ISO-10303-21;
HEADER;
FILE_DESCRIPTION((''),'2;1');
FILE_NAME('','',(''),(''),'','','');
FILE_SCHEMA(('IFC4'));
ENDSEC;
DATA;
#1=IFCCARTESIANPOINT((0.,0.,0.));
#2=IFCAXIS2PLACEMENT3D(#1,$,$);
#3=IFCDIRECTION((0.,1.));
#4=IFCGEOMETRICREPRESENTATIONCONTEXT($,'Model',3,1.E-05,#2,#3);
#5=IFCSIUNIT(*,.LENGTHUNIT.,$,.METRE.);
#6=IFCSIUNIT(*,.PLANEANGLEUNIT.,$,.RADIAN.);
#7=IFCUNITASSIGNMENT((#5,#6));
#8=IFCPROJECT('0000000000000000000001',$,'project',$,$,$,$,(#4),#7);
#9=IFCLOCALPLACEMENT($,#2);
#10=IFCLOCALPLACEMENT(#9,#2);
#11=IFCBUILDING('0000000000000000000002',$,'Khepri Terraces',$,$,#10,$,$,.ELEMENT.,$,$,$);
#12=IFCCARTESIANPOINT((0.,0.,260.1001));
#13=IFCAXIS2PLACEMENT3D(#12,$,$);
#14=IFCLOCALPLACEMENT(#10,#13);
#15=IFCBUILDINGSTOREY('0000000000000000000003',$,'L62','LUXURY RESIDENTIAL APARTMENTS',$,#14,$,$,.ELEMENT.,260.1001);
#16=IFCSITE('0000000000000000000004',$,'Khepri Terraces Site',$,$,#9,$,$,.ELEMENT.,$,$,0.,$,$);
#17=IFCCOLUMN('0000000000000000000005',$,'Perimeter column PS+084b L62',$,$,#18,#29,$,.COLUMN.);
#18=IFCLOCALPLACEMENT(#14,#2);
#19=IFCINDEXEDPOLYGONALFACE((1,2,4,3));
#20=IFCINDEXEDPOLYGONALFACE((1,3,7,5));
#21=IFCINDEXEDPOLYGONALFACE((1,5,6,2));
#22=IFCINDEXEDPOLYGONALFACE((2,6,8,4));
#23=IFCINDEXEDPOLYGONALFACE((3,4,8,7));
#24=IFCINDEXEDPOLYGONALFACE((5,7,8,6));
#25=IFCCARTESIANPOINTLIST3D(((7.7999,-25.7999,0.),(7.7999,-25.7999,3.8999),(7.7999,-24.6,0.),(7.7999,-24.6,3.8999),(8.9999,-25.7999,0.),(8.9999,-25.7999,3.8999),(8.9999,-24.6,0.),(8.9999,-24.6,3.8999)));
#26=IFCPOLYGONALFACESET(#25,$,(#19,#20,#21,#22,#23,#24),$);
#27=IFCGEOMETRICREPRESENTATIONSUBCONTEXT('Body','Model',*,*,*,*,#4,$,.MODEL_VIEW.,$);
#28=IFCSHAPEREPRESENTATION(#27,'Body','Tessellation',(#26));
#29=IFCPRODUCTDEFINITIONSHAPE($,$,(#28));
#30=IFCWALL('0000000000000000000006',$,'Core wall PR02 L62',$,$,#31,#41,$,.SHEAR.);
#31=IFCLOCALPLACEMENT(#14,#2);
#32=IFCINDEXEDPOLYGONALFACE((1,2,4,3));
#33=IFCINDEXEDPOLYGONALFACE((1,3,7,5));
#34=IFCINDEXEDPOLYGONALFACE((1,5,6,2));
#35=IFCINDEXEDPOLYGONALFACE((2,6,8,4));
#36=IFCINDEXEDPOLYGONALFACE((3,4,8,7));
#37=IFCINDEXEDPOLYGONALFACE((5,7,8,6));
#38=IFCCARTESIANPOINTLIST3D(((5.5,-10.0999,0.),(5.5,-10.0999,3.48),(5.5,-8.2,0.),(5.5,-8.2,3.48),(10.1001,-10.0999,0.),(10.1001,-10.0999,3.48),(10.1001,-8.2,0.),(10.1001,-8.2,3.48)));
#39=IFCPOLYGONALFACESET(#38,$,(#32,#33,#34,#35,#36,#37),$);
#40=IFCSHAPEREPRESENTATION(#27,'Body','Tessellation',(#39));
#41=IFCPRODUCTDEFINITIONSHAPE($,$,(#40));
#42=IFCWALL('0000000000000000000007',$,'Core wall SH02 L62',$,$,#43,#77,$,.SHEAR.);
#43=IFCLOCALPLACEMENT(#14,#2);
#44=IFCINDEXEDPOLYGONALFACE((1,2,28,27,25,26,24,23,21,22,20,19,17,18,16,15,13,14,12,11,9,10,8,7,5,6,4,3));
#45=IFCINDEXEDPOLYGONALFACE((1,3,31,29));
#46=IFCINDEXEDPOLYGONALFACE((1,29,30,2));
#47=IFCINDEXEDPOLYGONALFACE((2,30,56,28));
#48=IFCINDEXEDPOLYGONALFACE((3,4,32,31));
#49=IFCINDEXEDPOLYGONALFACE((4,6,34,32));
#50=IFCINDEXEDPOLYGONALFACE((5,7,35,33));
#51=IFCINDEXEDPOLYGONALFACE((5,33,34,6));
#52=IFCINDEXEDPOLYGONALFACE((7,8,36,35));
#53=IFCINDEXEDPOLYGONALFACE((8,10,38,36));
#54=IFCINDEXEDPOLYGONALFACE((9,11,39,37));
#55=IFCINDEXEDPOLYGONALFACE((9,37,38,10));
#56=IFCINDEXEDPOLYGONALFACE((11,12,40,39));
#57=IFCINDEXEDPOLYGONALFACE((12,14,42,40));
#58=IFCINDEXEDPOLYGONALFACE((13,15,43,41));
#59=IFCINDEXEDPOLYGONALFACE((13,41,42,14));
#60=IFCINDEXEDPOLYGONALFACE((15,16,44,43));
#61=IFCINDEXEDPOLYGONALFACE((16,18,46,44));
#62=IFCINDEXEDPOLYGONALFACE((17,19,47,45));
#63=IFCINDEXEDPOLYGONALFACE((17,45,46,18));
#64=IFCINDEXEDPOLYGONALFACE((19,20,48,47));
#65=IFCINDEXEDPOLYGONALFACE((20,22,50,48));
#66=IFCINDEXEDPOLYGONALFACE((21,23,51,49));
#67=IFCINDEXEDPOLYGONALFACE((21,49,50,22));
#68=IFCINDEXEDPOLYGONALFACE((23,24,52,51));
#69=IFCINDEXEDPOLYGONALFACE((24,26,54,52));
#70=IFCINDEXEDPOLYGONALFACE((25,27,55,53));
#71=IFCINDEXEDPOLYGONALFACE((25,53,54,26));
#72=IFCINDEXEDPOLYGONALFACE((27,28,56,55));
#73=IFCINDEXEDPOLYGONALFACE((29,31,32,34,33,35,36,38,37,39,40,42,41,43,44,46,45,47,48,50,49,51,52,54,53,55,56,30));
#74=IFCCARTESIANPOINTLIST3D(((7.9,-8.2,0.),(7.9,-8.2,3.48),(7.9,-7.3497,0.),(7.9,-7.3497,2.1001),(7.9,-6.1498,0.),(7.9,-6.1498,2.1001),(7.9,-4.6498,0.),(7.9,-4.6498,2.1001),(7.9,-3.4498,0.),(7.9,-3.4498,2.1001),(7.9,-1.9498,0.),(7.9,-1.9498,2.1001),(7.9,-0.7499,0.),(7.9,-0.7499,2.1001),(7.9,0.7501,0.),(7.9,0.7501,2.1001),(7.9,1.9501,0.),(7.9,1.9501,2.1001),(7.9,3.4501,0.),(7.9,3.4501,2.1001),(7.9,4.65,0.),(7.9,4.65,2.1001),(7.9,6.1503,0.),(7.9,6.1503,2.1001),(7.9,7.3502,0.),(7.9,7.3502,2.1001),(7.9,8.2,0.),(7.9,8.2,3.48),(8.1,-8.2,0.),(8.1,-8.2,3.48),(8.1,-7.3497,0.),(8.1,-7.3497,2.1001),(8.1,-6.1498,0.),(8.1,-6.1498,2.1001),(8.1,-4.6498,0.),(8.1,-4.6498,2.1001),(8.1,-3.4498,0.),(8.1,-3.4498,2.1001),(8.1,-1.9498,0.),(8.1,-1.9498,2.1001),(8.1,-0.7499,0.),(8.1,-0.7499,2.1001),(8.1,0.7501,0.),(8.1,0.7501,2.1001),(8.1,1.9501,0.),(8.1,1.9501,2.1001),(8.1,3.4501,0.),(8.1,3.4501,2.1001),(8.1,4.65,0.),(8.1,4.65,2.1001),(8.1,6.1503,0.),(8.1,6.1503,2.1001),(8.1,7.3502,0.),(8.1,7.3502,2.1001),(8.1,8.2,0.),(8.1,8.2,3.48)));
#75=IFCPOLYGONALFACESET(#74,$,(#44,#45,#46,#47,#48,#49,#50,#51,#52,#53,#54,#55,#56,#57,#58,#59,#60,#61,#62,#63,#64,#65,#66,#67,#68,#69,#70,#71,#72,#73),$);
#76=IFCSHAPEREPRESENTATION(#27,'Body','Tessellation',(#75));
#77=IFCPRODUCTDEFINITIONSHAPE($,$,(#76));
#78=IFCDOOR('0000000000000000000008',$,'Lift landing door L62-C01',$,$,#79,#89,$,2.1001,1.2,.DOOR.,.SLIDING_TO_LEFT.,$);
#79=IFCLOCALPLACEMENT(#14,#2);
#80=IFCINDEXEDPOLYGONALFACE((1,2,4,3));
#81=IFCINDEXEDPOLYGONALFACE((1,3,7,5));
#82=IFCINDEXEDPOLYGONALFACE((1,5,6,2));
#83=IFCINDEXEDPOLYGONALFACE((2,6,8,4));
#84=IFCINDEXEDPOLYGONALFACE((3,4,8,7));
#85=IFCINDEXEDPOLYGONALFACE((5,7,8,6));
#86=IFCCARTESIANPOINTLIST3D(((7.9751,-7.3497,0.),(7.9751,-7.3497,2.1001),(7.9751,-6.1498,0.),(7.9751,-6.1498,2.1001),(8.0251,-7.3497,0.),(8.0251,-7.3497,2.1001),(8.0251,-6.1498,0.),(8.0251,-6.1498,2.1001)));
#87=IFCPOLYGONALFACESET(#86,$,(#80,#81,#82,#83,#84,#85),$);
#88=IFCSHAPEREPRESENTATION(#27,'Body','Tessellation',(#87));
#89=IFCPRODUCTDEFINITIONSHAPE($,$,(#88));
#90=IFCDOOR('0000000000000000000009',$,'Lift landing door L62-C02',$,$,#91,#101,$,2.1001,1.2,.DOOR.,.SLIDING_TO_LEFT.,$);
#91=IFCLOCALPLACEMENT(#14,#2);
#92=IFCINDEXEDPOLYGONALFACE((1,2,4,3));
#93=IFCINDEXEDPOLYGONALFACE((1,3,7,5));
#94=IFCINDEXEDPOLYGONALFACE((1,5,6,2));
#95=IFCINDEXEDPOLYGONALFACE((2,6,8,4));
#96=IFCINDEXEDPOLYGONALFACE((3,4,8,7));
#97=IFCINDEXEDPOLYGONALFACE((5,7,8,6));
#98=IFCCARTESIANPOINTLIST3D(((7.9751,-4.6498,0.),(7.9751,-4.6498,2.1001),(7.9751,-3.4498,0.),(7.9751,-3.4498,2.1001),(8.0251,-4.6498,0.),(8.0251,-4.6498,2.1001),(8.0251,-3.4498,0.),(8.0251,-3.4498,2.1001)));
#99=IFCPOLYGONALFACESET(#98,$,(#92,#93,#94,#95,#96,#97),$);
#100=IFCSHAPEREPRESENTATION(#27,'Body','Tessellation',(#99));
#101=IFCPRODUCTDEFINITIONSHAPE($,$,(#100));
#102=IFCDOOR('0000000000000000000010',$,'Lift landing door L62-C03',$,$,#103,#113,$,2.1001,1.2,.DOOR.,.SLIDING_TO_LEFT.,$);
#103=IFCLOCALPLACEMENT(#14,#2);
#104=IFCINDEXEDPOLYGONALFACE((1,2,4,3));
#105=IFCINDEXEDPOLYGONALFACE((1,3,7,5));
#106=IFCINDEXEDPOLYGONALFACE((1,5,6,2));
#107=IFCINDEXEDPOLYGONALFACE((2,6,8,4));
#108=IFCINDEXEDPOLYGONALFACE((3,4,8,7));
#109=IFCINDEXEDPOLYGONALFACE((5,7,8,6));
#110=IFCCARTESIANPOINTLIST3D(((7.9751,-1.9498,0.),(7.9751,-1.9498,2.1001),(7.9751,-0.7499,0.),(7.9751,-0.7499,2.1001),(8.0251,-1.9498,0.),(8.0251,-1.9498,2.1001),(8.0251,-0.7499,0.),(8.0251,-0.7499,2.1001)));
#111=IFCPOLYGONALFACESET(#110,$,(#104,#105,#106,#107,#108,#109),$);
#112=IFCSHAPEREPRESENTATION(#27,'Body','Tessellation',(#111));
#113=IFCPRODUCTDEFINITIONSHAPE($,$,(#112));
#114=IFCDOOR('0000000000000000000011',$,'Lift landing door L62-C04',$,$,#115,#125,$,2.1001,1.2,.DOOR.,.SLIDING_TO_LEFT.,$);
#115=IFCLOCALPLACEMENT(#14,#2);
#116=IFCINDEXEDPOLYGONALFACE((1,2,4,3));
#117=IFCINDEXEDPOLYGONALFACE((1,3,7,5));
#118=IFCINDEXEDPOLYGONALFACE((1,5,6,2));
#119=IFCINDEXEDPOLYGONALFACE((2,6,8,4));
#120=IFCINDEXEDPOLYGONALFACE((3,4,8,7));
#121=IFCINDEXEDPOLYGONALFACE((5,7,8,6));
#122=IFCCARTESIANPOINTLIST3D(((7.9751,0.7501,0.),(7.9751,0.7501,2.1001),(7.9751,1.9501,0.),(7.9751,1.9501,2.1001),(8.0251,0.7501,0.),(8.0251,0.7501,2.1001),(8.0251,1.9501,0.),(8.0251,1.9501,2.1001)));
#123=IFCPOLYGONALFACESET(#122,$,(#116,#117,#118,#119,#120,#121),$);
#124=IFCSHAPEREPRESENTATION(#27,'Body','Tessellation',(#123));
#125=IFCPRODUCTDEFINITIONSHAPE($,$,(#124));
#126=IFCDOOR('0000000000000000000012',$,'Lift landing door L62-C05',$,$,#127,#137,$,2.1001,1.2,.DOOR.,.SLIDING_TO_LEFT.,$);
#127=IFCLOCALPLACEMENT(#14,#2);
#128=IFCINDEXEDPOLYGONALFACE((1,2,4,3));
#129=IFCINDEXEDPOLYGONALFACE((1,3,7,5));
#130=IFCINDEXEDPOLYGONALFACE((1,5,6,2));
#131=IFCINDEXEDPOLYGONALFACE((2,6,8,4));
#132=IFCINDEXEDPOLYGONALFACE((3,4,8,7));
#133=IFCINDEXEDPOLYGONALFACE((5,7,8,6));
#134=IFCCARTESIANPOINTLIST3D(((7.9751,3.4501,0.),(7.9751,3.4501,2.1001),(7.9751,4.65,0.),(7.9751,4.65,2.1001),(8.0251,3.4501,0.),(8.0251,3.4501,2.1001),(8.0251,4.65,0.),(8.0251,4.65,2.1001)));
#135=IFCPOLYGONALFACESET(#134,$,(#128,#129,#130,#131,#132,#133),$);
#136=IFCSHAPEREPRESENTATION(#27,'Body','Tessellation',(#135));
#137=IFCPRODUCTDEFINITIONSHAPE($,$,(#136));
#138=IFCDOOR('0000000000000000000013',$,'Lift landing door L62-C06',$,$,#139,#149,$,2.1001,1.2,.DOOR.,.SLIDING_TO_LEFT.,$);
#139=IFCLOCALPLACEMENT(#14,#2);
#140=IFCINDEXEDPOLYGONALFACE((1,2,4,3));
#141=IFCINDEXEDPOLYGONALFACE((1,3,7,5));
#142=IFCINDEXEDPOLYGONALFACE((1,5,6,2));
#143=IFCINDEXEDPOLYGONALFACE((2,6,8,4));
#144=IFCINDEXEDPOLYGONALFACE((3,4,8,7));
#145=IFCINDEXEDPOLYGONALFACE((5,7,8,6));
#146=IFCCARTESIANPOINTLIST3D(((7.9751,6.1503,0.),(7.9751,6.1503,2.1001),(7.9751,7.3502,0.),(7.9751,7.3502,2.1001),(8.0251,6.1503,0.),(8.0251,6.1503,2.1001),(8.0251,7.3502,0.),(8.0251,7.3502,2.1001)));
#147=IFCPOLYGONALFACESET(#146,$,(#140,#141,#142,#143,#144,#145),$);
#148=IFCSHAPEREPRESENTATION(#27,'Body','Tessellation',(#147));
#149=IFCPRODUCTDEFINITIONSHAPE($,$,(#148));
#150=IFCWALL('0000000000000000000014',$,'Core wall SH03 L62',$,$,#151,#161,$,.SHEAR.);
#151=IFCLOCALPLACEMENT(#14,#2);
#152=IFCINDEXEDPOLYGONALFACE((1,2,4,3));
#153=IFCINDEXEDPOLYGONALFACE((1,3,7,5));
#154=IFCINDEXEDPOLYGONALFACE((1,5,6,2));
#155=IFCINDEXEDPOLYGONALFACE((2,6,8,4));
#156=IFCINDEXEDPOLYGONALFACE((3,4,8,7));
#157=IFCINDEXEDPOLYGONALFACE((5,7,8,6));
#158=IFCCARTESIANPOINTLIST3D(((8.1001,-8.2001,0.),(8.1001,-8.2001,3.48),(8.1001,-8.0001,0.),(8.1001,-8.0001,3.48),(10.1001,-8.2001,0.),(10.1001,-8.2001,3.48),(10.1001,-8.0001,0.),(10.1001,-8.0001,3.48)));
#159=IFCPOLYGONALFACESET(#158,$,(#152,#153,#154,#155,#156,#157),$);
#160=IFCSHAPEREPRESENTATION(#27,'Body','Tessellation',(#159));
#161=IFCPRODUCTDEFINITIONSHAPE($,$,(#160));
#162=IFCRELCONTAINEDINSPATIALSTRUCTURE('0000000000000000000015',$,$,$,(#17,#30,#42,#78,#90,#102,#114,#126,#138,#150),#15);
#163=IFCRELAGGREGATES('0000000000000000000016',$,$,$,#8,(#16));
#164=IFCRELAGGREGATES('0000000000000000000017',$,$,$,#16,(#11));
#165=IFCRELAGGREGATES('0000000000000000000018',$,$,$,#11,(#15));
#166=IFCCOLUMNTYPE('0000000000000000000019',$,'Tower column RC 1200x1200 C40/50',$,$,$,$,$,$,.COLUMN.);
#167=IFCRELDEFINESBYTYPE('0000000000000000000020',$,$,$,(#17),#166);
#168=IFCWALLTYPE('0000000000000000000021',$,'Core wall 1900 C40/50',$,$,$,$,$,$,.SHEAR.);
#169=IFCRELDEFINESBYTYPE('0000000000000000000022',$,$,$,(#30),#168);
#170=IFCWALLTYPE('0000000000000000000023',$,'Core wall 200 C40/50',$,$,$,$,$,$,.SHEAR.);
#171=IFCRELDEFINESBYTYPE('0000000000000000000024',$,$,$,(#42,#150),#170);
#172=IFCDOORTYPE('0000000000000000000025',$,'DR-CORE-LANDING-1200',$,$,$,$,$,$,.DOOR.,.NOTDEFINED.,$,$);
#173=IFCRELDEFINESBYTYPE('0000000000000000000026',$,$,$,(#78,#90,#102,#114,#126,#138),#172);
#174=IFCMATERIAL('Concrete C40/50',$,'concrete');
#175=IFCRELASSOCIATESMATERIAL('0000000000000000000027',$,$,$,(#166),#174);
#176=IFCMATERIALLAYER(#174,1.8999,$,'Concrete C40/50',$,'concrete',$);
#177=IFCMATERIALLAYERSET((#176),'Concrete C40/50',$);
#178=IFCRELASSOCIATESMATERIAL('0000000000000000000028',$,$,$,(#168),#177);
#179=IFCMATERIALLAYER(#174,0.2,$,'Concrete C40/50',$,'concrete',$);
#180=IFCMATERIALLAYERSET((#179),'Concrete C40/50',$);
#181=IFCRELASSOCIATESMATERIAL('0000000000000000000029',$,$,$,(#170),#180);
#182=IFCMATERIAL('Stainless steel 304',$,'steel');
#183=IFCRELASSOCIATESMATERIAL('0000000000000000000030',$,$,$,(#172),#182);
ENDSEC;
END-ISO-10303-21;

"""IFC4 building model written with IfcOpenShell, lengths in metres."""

from ifc_helpers import new_model, si_unit, direction, frame, frame_2d, origin, origin_2d, place, context, subcontext, project, spatial, rectangle, extrude, material, layer, layer_set, material_profile, profile_set, type_object, element, fill, save


model = new_model("IFC4")

# Units and contexts
model_context = context("Model", 3, precision=1e-05, world=origin(), true_north=direction((0.0, 1.0)))
body_context = subcontext(model_context, "Body", "Model", "MODEL_VIEW")
ifc_project = project(units=[si_unit("LENGTHUNIT", "METRE"), si_unit("PLANEANGLEUNIT", "RADIAN")], contexts=[model_context])

# Site, building, storey
site_placement = place(None, origin())
site = spatial("IfcSite", under=ifc_project, at=site_placement, Name="Khepri Terraces Site", CompositionType="ELEMENT", RefElevation=0.0)
building_placement = place(site_placement, origin())
building = spatial("IfcBuilding", under=site, at=building_placement, Name="Khepri Terraces", CompositionType="ELEMENT")
storey_placement = place(building_placement, frame((0.0, 0.0, 260.1001)))
storey = spatial("IfcBuildingStorey", under=building, at=storey_placement, Name="L62", Description="LUXURY RESIDENTIAL APARTMENTS", CompositionType="ELEMENT", Elevation=260.1001)

# Column
ifc_material_1 = material(Name="Concrete C40/50", Category="concrete")
ifc_material_profile = material_profile(ifc_material_1, rectangle(XDim=1.2, YDim=1.2, at=origin_2d()), Name="Concrete C40/50", Category="concrete")
ifc_profile_set = profile_set([ifc_material_profile], Name="Concrete C40/50")
column_type = type_object("IfcColumnType", Name="Tower column RC 1200x1200 C40/50", PredefinedType="COLUMN", material=ifc_profile_set)
column_placement = place(storey_placement, frame((8.3999, -25.2, 0.0), z_axis=(0.0, 0.0, 1.0), x_axis=(1.0, 0.0, 0.0)))
element("IfcColumn", 1, at=column_placement, inside=storey, type_object=column_type, Name="Perimeter column PS+084b L62", PredefinedType="COLUMN", context=body_context, shape_type="SweptSolid", body=[
    extrude(rectangle(XDim=1.2, YDim=1.2, at=origin_2d()), origin(), (0.0, 0.0, 1.0), 3.8999),
])

# Wall
ifc_layer_1 = layer(ifc_material_1, 1.8999, Name="Concrete C40/50", Category="concrete")
ifc_layer_set_1 = layer_set([ifc_layer_1], Name="Concrete C40/50")
wall_type_1 = type_object("IfcWallType", Name="Core wall 1900 C40/50", PredefinedType="SHEAR", material=ifc_layer_set_1)
wall_1_placement = place(storey_placement, frame((5.5, -9.1499, 0.0), z_axis=(0.0, 0.0, 1.0), x_axis=(1.0, 0.0, 0.0)))
element("IfcWall", 2, at=wall_1_placement, inside=storey, type_object=wall_type_1, Name="Core wall PR02 L62", PredefinedType="SHEAR", context=body_context, shape_type="SweptSolid", body=[
    extrude(rectangle(XDim=4.6001, YDim=1.8999, at=frame_2d((2.3, 0.0))), origin(), (0.0, 0.0, 1.0), 3.48),
])

# Wall, openings, doors
ifc_layer_2 = layer(ifc_material_1, 0.2, Name="Concrete C40/50", Category="concrete")
ifc_layer_set_2 = layer_set([ifc_layer_2], Name="Concrete C40/50")
wall_type_2 = type_object("IfcWallType", Name="Core wall 200 C40/50", PredefinedType="SHEAR", material=ifc_layer_set_2)
wall_2_placement = place(storey_placement, frame((8.0, -8.2, 0.0), z_axis=(0.0, 0.0, 1.0), x_axis=(0.0, 1.0, 0.0)))
wall_2 = element("IfcWall", 3, at=wall_2_placement, inside=storey, type_object=wall_type_2, Name="Core wall SH02 L62", PredefinedType="SHEAR", context=body_context, shape_type="SweptSolid", body=[
    extrude(rectangle(XDim=16.3999, YDim=0.2, at=frame_2d((8.2, 0.0))), origin(), (0.0, 0.0, 1.0), 3.48),
])
opening_1_placement = place(wall_2_placement, frame((0.8501, 0.0, 0.0)))
opening_1 = element("IfcOpeningElement", 4, at=opening_1_placement, cuts=wall_2, PredefinedType="OPENING", context=body_context, shape_type="SweptSolid", body=[
    extrude(rectangle(XDim=1.2, YDim=2.1001, at=frame_2d((0.6001, 1.05))), frame((0.0, 0.1099, 0.0), z_axis=(0.0, -1.0, 0.0), x_axis=(1.0, 0.0, 0.0)), (0.0, 0.0, 1.0), 0.22),
])
opening_2_placement = place(wall_2_placement, frame((3.55, 0.0, 0.0)))
opening_2 = element("IfcOpeningElement", 5, at=opening_2_placement, cuts=wall_2, PredefinedType="OPENING", context=body_context, shape_type="SweptSolid", body=[
    extrude(rectangle(XDim=1.2, YDim=2.1001, at=frame_2d((0.6001, 1.05))), frame((0.0, 0.1099, 0.0), z_axis=(0.0, -1.0, 0.0), x_axis=(1.0, 0.0, 0.0)), (0.0, 0.0, 1.0), 0.22),
])
opening_3_placement = place(wall_2_placement, frame((6.25, 0.0, 0.0)))
opening_3 = element("IfcOpeningElement", 6, at=opening_3_placement, cuts=wall_2, PredefinedType="OPENING", context=body_context, shape_type="SweptSolid", body=[
    extrude(rectangle(XDim=1.2, YDim=2.1001, at=frame_2d((0.6001, 1.05))), frame((0.0, 0.1099, 0.0), z_axis=(0.0, -1.0, 0.0), x_axis=(1.0, 0.0, 0.0)), (0.0, 0.0, 1.0), 0.22),
])
opening_4_placement = place(wall_2_placement, frame((8.95, 0.0, 0.0)))
opening_4 = element("IfcOpeningElement", 7, at=opening_4_placement, cuts=wall_2, PredefinedType="OPENING", context=body_context, shape_type="SweptSolid", body=[
    extrude(rectangle(XDim=1.2, YDim=2.1001, at=frame_2d((0.6001, 1.05))), frame((0.0, 0.1099, 0.0), z_axis=(0.0, -1.0, 0.0), x_axis=(1.0, 0.0, 0.0)), (0.0, 0.0, 1.0), 0.22),
])
opening_5_placement = place(wall_2_placement, frame((11.6499, 0.0, 0.0)))
opening_5 = element("IfcOpeningElement", 8, at=opening_5_placement, cuts=wall_2, PredefinedType="OPENING", context=body_context, shape_type="SweptSolid", body=[
    extrude(rectangle(XDim=1.2, YDim=2.1001, at=frame_2d((0.6001, 1.05))), frame((0.0, 0.1099, 0.0), z_axis=(0.0, -1.0, 0.0), x_axis=(1.0, 0.0, 0.0)), (0.0, 0.0, 1.0), 0.22),
])
opening_6_placement = place(wall_2_placement, frame((14.3501, 0.0, 0.0)))
opening_6 = element("IfcOpeningElement", 9, at=opening_6_placement, cuts=wall_2, PredefinedType="OPENING", context=body_context, shape_type="SweptSolid", body=[
    extrude(rectangle(XDim=1.2, YDim=2.1001, at=frame_2d((0.6001, 1.05))), frame((0.0, 0.1099, 0.0), z_axis=(0.0, -1.0, 0.0), x_axis=(1.0, 0.0, 0.0)), (0.0, 0.0, 1.0), 0.22),
])
ifc_material_2 = material(Name="Stainless steel 304", Category="steel")
door_type_1 = type_object("IfcDoorType", Name="DR-CORE-LANDING-1200", OperationType="NOTDEFINED", PredefinedType="DOOR", material=ifc_material_2)
door_1_placement = place(opening_1_placement, origin())
door_1 = element("IfcDoor", 10, at=door_1_placement, inside=storey, type_object=door_type_1, Name="Lift landing door L62-C01", OperationType="SLIDING_TO_LEFT", OverallHeight=2.1001, OverallWidth=1.2, PredefinedType="DOOR", context=body_context, shape_type="SweptSolid", body=[
    extrude(rectangle(XDim=1.2, YDim=2.1001, at=frame_2d((0.6001, 1.05))), frame((0.0, 0.0249, 0.0), z_axis=(0.0, -1.0, 0.0), x_axis=(1.0, 0.0, 0.0)), (0.0, 0.0, 1.0), 0.05),
])
fill(opening_1, door_1)
door_2_placement = place(opening_2_placement, origin())
door_2 = element("IfcDoor", 11, at=door_2_placement, inside=storey, type_object=door_type_1, Name="Lift landing door L62-C02", OperationType="SLIDING_TO_LEFT", OverallHeight=2.1001, OverallWidth=1.2, PredefinedType="DOOR", context=body_context, shape_type="SweptSolid", body=[
    extrude(rectangle(XDim=1.2, YDim=2.1001, at=frame_2d((0.6001, 1.05))), frame((0.0, 0.0249, 0.0), z_axis=(0.0, -1.0, 0.0), x_axis=(1.0, 0.0, 0.0)), (0.0, 0.0, 1.0), 0.05),
])
fill(opening_2, door_2)
door_3_placement = place(opening_3_placement, origin())
door_3 = element("IfcDoor", 12, at=door_3_placement, inside=storey, type_object=door_type_1, Name="Lift landing door L62-C03", OperationType="SLIDING_TO_LEFT", OverallHeight=2.1001, OverallWidth=1.2, PredefinedType="DOOR", context=body_context, shape_type="SweptSolid", body=[
    extrude(rectangle(XDim=1.2, YDim=2.1001, at=frame_2d((0.6001, 1.05))), frame((0.0, 0.0249, 0.0), z_axis=(0.0, -1.0, 0.0), x_axis=(1.0, 0.0, 0.0)), (0.0, 0.0, 1.0), 0.05),
])
fill(opening_3, door_3)
door_4_placement = place(opening_4_placement, origin())
door_4 = element("IfcDoor", 13, at=door_4_placement, inside=storey, type_object=door_type_1, Name="Lift landing door L62-C04", OperationType="SLIDING_TO_LEFT", OverallHeight=2.1001, OverallWidth=1.2, PredefinedType="DOOR", context=body_context, shape_type="SweptSolid", body=[
    extrude(rectangle(XDim=1.2, YDim=2.1001, at=frame_2d((0.6001, 1.05))), frame((0.0, 0.0249, 0.0), z_axis=(0.0, -1.0, 0.0), x_axis=(1.0, 0.0, 0.0)), (0.0, 0.0, 1.0), 0.05),
])
fill(opening_4, door_4)
door_5_placement = place(opening_5_placement, origin())
door_5 = element("IfcDoor", 14, at=door_5_placement, inside=storey, type_object=door_type_1, Name="Lift landing door L62-C05", OperationType="SLIDING_TO_LEFT", OverallHeight=2.1001, OverallWidth=1.2, PredefinedType="DOOR", context=body_context, shape_type="SweptSolid", body=[
    extrude(rectangle(XDim=1.2, YDim=2.1001, at=frame_2d((0.6001, 1.05))), frame((0.0, 0.0249, 0.0), z_axis=(0.0, -1.0, 0.0), x_axis=(1.0, 0.0, 0.0)), (0.0, 0.0, 1.0), 0.05),
])
fill(opening_5, door_5)
door_6_placement = place(opening_6_placement, origin())
door_6 = element("IfcDoor", 15, at=door_6_placement, inside=storey, type_object=door_type_1, Name="Lift landing door L62-C06", OperationType="SLIDING_TO_LEFT", OverallHeight=2.1001, OverallWidth=1.2, PredefinedType="DOOR", context=body_context, shape_type="SweptSolid", body=[
    extrude(rectangle(XDim=1.2, YDim=2.1001, at=frame_2d((0.6001, 1.05))), frame((0.0, 0.0249, 0.0), z_axis=(0.0, -1.0, 0.0), x_axis=(1.0, 0.0, 0.0)), (0.0, 0.0, 1.0), 0.05),
])
fill(opening_6, door_6)

# Wall
for number, where, z_axis, x_axis, name in (
    (16, (8.1001, -8.1001, 0.0), (0.0, 0.0, 1.0), (1.0, 0.0, 0.0), "Core wall SH03 L62"),
):
    element("IfcWall", number, at=place(storey_placement, frame(where, z_axis=z_axis, x_axis=x_axis)), inside=storey, type_object=wall_type_2, Name=name, PredefinedType="SHEAR", context=body_context, shape_type="SweptSolid", body=[
        extrude(rectangle(XDim=2.0, YDim=0.2, at=frame_2d((1.0, 0.0))), origin(), (0.0, 0.0, 1.0), 3.48),
    ])

save(model, "model.ifc")
